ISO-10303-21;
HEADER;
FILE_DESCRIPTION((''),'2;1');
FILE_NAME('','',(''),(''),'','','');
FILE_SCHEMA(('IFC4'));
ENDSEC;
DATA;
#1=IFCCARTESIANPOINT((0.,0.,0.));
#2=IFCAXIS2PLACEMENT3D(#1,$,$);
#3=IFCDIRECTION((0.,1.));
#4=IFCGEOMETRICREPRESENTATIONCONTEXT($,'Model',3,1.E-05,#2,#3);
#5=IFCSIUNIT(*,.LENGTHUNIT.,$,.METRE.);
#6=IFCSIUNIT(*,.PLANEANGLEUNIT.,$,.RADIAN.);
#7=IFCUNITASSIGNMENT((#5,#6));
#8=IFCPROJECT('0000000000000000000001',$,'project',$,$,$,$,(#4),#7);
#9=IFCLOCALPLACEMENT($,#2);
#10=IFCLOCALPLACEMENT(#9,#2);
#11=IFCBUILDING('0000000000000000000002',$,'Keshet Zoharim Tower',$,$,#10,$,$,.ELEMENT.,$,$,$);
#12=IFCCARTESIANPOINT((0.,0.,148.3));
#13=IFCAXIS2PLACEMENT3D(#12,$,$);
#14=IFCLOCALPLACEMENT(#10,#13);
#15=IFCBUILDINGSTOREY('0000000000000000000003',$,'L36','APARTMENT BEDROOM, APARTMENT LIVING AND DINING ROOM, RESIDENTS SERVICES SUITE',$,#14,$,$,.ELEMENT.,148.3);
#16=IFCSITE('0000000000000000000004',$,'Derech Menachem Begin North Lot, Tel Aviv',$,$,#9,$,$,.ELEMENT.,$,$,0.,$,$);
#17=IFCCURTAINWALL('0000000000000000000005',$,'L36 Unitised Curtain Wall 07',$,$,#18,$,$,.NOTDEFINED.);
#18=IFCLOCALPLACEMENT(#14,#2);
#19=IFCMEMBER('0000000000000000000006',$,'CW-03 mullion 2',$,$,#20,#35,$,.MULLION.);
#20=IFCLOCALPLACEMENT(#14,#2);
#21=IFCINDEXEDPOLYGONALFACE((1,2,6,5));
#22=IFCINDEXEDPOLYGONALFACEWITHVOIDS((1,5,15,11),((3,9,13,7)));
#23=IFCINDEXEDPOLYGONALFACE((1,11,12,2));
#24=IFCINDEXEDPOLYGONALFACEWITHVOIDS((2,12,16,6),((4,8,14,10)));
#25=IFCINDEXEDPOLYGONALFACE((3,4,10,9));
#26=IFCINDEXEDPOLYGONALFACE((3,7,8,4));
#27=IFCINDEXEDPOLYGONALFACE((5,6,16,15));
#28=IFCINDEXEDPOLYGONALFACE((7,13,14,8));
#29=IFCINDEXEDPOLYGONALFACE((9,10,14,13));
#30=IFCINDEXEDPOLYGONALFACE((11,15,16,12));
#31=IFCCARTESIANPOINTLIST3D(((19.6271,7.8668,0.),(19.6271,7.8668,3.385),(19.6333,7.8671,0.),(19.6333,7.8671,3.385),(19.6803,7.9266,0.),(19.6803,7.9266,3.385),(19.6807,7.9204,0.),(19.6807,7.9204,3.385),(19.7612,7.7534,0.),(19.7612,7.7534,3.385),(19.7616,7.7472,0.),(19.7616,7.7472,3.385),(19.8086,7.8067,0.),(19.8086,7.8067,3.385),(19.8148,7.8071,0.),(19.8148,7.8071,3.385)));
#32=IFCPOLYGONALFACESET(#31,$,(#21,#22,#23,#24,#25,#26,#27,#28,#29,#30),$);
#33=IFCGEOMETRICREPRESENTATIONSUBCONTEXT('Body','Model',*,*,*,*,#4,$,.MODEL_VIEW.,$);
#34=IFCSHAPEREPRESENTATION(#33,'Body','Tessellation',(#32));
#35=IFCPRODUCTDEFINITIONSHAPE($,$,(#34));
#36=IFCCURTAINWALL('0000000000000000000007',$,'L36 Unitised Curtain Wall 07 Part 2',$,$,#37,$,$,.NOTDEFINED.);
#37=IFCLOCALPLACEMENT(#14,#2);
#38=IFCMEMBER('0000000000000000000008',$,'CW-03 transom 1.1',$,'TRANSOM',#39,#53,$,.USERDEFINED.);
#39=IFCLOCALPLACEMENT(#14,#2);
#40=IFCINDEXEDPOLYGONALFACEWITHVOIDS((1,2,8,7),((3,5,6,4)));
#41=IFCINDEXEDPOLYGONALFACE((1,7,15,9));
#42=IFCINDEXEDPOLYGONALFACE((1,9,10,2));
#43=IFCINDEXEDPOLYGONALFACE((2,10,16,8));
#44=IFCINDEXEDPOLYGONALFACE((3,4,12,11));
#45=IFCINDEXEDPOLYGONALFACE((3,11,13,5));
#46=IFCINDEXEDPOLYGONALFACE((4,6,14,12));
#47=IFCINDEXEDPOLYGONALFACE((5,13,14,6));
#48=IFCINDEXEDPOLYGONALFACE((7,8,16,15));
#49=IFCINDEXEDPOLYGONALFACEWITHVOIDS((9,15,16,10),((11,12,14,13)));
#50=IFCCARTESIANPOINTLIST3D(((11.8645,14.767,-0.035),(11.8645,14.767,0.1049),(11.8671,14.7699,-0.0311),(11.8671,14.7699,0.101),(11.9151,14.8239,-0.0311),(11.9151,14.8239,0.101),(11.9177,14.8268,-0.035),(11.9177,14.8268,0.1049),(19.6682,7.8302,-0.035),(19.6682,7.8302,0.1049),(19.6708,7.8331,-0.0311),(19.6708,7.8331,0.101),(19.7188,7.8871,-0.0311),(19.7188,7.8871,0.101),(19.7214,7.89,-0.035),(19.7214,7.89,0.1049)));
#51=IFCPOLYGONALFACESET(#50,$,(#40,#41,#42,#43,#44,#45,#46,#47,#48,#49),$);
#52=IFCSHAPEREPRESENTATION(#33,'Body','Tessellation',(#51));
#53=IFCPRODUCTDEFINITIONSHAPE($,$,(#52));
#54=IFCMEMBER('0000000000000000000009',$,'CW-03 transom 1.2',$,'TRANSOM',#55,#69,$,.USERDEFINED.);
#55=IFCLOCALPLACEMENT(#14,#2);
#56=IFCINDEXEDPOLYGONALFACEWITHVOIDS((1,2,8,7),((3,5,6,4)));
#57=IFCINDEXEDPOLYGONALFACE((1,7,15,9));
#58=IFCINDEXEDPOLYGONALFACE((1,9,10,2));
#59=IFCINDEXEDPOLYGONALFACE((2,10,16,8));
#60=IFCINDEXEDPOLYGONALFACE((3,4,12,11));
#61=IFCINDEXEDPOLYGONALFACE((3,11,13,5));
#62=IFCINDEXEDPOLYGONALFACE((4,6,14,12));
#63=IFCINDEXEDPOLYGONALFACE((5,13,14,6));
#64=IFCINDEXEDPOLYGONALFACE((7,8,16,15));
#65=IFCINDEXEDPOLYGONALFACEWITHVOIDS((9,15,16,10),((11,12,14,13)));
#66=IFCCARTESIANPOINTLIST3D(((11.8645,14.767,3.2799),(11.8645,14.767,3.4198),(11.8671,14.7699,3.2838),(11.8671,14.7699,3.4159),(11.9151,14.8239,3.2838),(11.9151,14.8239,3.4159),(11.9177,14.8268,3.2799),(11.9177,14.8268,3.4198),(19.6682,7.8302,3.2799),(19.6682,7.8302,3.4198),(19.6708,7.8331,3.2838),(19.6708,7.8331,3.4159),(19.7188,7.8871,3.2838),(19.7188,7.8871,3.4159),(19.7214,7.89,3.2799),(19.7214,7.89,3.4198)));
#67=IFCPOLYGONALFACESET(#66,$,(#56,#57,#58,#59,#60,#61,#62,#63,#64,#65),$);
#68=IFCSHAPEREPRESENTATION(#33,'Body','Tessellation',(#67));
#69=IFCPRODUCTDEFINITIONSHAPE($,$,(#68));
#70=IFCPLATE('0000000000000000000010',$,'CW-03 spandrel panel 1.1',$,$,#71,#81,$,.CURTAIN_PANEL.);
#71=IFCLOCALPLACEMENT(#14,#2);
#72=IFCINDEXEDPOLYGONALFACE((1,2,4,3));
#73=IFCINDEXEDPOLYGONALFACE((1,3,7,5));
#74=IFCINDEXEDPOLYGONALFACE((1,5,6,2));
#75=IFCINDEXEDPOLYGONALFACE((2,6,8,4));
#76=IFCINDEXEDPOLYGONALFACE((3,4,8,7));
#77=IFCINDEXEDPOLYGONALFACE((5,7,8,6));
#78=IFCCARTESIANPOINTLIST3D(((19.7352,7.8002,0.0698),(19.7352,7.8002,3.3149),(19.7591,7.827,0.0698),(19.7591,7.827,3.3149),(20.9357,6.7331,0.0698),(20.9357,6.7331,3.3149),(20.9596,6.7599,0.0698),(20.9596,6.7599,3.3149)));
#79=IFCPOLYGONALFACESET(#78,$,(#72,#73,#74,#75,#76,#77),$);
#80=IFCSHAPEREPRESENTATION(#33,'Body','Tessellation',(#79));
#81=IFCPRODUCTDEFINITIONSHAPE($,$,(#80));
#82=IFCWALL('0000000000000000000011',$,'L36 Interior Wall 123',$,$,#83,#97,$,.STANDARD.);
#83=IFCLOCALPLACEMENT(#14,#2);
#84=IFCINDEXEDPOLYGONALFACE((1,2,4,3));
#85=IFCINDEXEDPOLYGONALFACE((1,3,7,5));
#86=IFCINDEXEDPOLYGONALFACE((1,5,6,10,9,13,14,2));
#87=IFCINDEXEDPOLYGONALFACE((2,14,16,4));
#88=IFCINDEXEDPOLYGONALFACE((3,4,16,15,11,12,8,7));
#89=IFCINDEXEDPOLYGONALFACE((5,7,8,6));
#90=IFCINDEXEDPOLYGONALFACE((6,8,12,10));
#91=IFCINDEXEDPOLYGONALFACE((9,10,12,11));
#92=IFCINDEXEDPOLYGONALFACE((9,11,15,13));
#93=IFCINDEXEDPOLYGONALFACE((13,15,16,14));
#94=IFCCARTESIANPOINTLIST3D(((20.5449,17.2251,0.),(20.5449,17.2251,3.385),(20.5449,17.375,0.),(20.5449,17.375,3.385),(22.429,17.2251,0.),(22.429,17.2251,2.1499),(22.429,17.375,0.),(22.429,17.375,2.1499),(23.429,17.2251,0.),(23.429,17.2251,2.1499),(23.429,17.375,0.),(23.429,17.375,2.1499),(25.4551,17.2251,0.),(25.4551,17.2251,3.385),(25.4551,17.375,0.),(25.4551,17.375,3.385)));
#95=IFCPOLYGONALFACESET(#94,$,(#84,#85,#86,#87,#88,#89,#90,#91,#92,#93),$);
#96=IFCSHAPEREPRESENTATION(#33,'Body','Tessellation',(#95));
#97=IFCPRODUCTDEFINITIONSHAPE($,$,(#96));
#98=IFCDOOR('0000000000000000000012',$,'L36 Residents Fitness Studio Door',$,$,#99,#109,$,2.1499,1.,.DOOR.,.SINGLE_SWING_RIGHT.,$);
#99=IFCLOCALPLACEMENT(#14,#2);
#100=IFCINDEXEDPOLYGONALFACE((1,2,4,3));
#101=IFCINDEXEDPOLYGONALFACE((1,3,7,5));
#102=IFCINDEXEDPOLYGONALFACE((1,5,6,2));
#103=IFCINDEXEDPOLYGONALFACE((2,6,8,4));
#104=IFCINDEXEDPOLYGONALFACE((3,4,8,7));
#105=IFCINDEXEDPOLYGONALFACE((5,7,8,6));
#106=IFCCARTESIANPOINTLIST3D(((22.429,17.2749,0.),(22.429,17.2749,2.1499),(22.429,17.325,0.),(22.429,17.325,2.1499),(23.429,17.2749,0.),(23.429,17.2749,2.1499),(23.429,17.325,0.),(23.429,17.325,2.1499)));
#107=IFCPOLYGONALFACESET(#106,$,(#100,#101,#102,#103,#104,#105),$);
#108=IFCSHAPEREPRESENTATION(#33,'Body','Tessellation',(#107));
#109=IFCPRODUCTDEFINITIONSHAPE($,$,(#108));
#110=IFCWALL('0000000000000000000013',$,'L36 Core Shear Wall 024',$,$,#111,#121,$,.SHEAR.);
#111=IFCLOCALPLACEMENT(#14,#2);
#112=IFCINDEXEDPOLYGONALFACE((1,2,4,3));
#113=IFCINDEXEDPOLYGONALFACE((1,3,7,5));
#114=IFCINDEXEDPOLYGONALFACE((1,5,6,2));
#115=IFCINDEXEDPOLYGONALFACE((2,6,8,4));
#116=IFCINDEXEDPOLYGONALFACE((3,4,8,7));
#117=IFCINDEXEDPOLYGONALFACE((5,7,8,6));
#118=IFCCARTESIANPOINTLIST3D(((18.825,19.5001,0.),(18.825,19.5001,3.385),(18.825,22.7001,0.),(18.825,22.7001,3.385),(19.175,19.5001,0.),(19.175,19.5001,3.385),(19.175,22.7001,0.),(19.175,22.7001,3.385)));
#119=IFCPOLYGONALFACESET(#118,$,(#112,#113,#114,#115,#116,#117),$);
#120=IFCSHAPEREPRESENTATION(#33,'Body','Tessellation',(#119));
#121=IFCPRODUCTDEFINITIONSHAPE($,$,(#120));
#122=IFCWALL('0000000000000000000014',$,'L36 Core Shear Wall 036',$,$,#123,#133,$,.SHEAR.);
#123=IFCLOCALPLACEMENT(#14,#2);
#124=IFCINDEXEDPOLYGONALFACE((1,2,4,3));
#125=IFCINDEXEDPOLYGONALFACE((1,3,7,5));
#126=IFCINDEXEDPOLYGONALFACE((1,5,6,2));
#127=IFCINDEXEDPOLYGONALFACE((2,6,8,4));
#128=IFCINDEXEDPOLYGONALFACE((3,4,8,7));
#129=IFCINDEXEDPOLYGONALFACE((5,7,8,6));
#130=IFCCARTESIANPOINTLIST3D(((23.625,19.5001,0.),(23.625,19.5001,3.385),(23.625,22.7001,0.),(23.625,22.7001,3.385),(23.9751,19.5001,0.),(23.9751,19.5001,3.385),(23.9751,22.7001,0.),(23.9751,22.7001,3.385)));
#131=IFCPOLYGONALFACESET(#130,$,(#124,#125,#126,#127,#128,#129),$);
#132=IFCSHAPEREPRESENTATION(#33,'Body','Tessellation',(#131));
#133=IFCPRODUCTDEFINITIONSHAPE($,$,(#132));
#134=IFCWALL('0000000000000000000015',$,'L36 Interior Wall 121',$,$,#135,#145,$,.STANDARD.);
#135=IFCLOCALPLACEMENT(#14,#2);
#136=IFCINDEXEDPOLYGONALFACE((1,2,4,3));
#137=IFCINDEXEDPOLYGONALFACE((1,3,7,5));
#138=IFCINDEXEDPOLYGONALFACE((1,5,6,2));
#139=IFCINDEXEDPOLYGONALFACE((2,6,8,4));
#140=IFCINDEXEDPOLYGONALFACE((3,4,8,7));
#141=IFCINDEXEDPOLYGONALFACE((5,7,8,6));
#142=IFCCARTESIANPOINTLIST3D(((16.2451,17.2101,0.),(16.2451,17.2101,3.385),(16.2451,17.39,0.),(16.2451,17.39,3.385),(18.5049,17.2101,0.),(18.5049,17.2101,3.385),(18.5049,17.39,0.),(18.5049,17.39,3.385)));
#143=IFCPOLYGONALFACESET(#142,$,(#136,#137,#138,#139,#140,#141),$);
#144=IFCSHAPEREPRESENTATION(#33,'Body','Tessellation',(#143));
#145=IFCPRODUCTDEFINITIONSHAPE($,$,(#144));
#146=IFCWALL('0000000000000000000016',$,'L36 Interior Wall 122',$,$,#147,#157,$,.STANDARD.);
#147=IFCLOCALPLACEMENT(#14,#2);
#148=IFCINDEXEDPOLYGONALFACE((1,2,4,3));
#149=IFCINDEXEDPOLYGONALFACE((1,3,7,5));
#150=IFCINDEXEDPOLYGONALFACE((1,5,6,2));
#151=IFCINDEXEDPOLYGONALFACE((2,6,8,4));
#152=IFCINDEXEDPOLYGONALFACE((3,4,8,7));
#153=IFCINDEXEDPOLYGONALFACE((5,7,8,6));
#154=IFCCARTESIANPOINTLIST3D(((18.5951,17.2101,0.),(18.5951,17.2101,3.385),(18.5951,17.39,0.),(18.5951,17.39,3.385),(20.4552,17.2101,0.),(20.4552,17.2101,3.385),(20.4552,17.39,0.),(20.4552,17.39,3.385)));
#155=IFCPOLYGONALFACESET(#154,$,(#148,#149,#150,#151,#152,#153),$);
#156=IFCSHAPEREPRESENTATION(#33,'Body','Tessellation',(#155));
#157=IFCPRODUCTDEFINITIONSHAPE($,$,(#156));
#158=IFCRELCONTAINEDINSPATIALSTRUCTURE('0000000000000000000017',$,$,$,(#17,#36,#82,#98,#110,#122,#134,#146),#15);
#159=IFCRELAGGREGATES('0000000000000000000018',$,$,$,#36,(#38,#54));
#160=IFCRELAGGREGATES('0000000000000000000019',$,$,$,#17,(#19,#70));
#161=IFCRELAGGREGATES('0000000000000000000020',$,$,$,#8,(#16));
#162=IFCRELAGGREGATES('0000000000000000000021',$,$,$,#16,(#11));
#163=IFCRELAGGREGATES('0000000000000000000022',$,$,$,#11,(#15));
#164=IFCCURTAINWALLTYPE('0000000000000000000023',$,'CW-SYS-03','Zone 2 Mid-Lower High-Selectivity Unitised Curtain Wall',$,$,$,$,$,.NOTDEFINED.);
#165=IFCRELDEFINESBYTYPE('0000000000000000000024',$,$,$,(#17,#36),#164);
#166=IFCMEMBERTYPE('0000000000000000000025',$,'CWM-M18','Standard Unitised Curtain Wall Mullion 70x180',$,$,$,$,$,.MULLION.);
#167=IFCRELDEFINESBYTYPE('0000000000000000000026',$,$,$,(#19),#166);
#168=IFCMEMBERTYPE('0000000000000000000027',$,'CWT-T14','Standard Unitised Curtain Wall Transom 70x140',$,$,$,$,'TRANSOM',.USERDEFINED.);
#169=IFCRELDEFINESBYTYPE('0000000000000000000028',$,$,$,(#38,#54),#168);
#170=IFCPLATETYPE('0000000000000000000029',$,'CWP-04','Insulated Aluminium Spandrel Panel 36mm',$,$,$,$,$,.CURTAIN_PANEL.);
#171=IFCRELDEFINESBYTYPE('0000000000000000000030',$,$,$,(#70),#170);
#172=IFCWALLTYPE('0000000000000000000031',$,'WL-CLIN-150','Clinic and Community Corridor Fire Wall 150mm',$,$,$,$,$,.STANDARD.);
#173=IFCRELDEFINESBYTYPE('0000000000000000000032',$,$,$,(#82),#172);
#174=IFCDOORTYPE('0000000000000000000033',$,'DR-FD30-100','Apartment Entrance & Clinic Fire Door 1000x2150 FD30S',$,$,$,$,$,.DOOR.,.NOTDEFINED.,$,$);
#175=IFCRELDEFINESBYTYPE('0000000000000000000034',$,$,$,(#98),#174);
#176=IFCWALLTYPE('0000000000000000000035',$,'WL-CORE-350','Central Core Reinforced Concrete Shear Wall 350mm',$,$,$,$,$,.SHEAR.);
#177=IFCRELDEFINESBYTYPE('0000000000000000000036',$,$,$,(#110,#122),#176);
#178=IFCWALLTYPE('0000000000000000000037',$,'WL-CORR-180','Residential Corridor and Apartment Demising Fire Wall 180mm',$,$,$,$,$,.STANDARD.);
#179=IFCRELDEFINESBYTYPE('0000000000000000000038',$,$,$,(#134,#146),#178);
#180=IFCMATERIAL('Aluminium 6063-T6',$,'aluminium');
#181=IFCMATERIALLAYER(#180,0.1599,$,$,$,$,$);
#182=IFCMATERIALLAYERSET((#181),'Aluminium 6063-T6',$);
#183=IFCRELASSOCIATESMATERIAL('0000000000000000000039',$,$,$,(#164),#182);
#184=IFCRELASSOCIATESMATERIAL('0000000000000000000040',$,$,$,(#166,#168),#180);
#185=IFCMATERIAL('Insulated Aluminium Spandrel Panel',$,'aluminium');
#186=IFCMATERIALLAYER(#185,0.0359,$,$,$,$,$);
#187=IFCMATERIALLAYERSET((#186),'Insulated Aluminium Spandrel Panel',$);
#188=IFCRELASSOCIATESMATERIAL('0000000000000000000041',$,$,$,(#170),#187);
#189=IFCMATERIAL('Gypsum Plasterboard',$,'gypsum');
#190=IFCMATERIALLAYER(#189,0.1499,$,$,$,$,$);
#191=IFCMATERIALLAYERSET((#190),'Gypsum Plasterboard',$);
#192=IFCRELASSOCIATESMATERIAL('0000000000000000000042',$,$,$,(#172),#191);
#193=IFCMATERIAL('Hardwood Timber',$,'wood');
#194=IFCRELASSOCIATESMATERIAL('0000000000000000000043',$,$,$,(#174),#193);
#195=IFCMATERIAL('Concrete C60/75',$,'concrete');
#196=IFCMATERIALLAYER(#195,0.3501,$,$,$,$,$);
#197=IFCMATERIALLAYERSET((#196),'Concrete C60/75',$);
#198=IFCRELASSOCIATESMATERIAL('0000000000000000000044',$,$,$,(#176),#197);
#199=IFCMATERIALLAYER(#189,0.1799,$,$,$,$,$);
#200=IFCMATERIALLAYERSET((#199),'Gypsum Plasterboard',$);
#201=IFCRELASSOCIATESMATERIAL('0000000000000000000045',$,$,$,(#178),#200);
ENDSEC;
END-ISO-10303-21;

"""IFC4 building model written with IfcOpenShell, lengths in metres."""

from ifc_helpers import new_model, si_unit, direction, frame, frame_2d, origin, origin_2d, place, context, subcontext, project, spatial, rectangle, hollow_rectangle, extrude, material, layer, layer_set, material_profile, profile_set, type_object, element, fill, aggregate, save


model = new_model("IFC4")

# Units and contexts
model_context = context("Model", 3, precision=1e-05, world=origin(), true_north=direction((0.0, 1.0)))
body_context = subcontext(model_context, "Body", "Model", "MODEL_VIEW")
ifc_project = project(units=[si_unit("LENGTHUNIT", "METRE"), si_unit("PLANEANGLEUNIT", "RADIAN")], contexts=[model_context])

# Site, building, storey
site_placement = place(None, origin())
site = spatial("IfcSite", under=ifc_project, at=site_placement, Name="Derech Menachem Begin North Lot, Tel Aviv", CompositionType="ELEMENT", RefElevation=0.0)
building_placement = place(site_placement, origin())
building = spatial("IfcBuilding", under=site, at=building_placement, Name="Keshet Zoharim Tower", CompositionType="ELEMENT")
storey_placement = place(building_placement, frame((0.0, 0.0, 148.3)))
storey = spatial("IfcBuildingStorey", under=building, at=storey_placement, Name="L36", Description="APARTMENT BEDROOM, APARTMENT LIVING AND DINING ROOM, RESIDENTS SERVICES SUITE", CompositionType="ELEMENT", Elevation=148.3)

# Curtain wall, member
ifc_material_1 = material(Name="Aluminium 6063-T6", Category="aluminium")
ifc_layer_1 = layer(ifc_material_1, 0.1599)
ifc_layer_set_1 = layer_set([ifc_layer_1], Name="Aluminium 6063-T6")
curtain_wall_type = type_object("IfcCurtainWallType", Name="CW-SYS-03", Description="Zone 2 Mid-Lower High-Selectivity Unitised Curtain Wall", PredefinedType="NOTDEFINED", material=ifc_layer_set_1)
curtain_wall_1_placement = place(storey_placement, origin())
curtain_wall_1 = element("IfcCurtainWall", 1, at=curtain_wall_1_placement, inside=storey, type_object=curtain_wall_type, Name="L36 Unitised Curtain Wall 07", PredefinedType="NOTDEFINED")
ifc_material_profile_1 = material_profile(ifc_material_1, hollow_rectangle(XDim=0.0801, YDim=0.1799, WallThickness=0.0044, at=origin_2d()), Name="MUL-80x180")
ifc_profile_set_1 = profile_set([ifc_material_profile_1], Name="Aluminium 6063-T6")
member_type_1 = type_object("IfcMemberType", Name="CWM-M18", Description="Standard Unitised Curtain Wall Mullion 70x180", PredefinedType="MULLION", material=ifc_profile_set_1)
member_1_placement = place(storey_placement, frame((19.7209, 7.8369, 0.0), z_axis=(0.0, 0.0, 1.0), x_axis=(-0.664367, -0.747406, 0.0)))
member_1 = element("IfcMember", 2, at=member_1_placement, type_object=member_type_1, Name="CW-03 mullion 2", PredefinedType="MULLION", context=body_context, shape_type="SweptSolid", body=[
    extrude(hollow_rectangle(XDim=0.0801, YDim=0.1799, WallThickness=0.0044, at=origin_2d()), origin(), (0.0, 0.0, 1.0), 3.385),
])

# Curtain wall, members
curtain_wall_2_placement = place(storey_placement, origin())
curtain_wall_2 = element("IfcCurtainWall", 3, at=curtain_wall_2_placement, inside=storey, type_object=curtain_wall_type, Name="L36 Unitised Curtain Wall 07 Part 2", PredefinedType="NOTDEFINED")
ifc_material_profile_2 = material_profile(ifc_material_1, hollow_rectangle(XDim=0.0801, YDim=0.1399, WallThickness=0.0039, at=origin_2d()), Name="TRN-80x140")
ifc_profile_set_2 = profile_set([ifc_material_profile_2], Name="Aluminium 6063-T6")
member_type_2 = type_object("IfcMemberType", Name="CWT-T14", Description="Standard Unitised Curtain Wall Transom 70x140", ElementType="TRANSOM", PredefinedType="USERDEFINED", material=ifc_profile_set_2)
member_2_placement = place(storey_placement, frame((19.6948, 7.8601, 0.0349), z_axis=(-0.747403, 0.664371, 0.0), x_axis=(-0.664371, -0.747403, 0.0)))
member_2 = element("IfcMember", 4, at=member_2_placement, type_object=member_type_2, Name="CW-03 transom 1.1", ObjectType="TRANSOM", PredefinedType="USERDEFINED", context=body_context, shape_type="SweptSolid", body=[
    extrude(hollow_rectangle(XDim=0.0801, YDim=0.1399, WallThickness=0.0039, at=origin_2d()), origin(), (0.0, 0.0, 1.0), 10.4412),
])
member_3_placement = place(storey_placement, frame((19.6948, 7.8601, 3.3499), z_axis=(-0.747403, 0.664371, 0.0), x_axis=(-0.664371, -0.747403, 0.0)))
member_3 = element("IfcMember", 5, at=member_3_placement, type_object=member_type_2, Name="CW-03 transom 1.2", ObjectType="TRANSOM", PredefinedType="USERDEFINED", context=body_context, shape_type="SweptSolid", body=[
    extrude(hollow_rectangle(XDim=0.0801, YDim=0.1399, WallThickness=0.0039, at=origin_2d()), origin(), (0.0, 0.0, 1.0), 10.4412),
])
aggregate(curtain_wall_2, [member_2, member_3])

# Plate
ifc_material_2 = material(Name="Insulated Aluminium Spandrel Panel", Category="aluminium")
ifc_layer_2 = layer(ifc_material_2, 0.0359)
ifc_layer_set_2 = layer_set([ifc_layer_2], Name="Insulated Aluminium Spandrel Panel")
plate_type = type_object("IfcPlateType", Name="CWP-04", Description="Insulated Aluminium Spandrel Panel 36mm", PredefinedType="CURTAIN_PANEL", material=ifc_layer_set_2)
plate_placement = place(storey_placement, frame((20.3474, 7.28, 0.0698), z_axis=(0.0, 0.0, 1.0), x_axis=(-0.747406, 0.664367, 0.0)))
plate = element("IfcPlate", 6, at=plate_placement, type_object=plate_type, Name="CW-03 spandrel panel 1.1", PredefinedType="CURTAIN_PANEL", context=body_context, shape_type="SweptSolid", body=[
    extrude(rectangle(XDim=1.6062, YDim=0.0359, at=origin_2d()), origin(), (0.0, 0.0, 1.0), 3.2451),
])
aggregate(curtain_wall_1, [member_1, plate])

# Wall, opening, door
ifc_material_3 = material(Name="Gypsum Plasterboard", Category="gypsum")
ifc_layer_3 = layer(ifc_material_3, 0.1499)
ifc_layer_set_3 = layer_set([ifc_layer_3], Name="Gypsum Plasterboard")
wall_type_1 = type_object("IfcWallType", Name="WL-CLIN-150", Description="Clinic and Community Corridor Fire Wall 150mm", PredefinedType="STANDARD", material=ifc_layer_set_3)
wall_1_placement = place(storey_placement, frame((20.5449, 17.3, 0.0), z_axis=(0.0, 0.0, 1.0), x_axis=(1.0, 0.0, 0.0)))
wall_1 = element("IfcWall", 7, at=wall_1_placement, inside=storey, type_object=wall_type_1, Name="L36 Interior Wall 123", PredefinedType="STANDARD", context=body_context, shape_type="SweptSolid", body=[
    extrude(rectangle(XDim=4.9102, YDim=0.1499, at=frame_2d((2.4551, 0.0))), origin(), (0.0, 0.0, 1.0), 3.385),
])
opening_1_placement = place(wall_1_placement, frame((1.884, 0.0, 0.0)))
opening_1 = element("IfcOpeningElement", 8, at=opening_1_placement, cuts=wall_1, PredefinedType="OPENING", context=body_context, shape_type="SweptSolid", body=[
    extrude(rectangle(XDim=1.0, YDim=2.1499, at=frame_2d((0.5, 1.075))), frame((0.0, 0.085, 0.0), z_axis=(0.0, -1.0, 0.0), x_axis=(1.0, 0.0, 0.0)), (0.0, 0.0, 1.0), 0.1699),
])
ifc_material_4 = material(Name="Hardwood Timber", Category="wood")
door_type_1 = type_object("IfcDoorType", Name="DR-FD30-100", Description="Apartment Entrance & Clinic Fire Door 1000x2150 FD30S", OperationType="NOTDEFINED", PredefinedType="DOOR", material=ifc_material_4)
door_1_placement = place(opening_1_placement, origin())
door_1 = element("IfcDoor", 9, at=door_1_placement, inside=storey, type_object=door_type_1, Name="L36 Residents Fitness Studio Door", OperationType="SINGLE_SWING_RIGHT", OverallHeight=2.1499, OverallWidth=1.0, PredefinedType="DOOR", context=body_context, shape_type="SweptSolid", body=[
    extrude(rectangle(XDim=1.0, YDim=2.1499, at=frame_2d((0.5, 1.075))), frame((0.0, 0.0249, 0.0), z_axis=(0.0, -1.0, 0.0), x_axis=(1.0, 0.0, 0.0)), (0.0, 0.0, 1.0), 0.05),
])
fill(opening_1, door_1)

# Walls
ifc_material_5 = material(Name="Concrete C60/75", Category="concrete")
ifc_layer_4 = layer(ifc_material_5, 0.3501)
ifc_layer_set_4 = layer_set([ifc_layer_4], Name="Concrete C60/75")
wall_type_2 = type_object("IfcWallType", Name="WL-CORE-350", Description="Central Core Reinforced Concrete Shear Wall 350mm", PredefinedType="SHEAR", material=ifc_layer_set_4)
for number, where, z_axis, x_axis, name in (
    (10, (19.0, 19.5, 0.0), (0.0, 0.0, 1.0), (0.0, 1.0, 0.0), "L36 Core Shear Wall 024"),
    (11, (23.8, 19.5, 0.0), (0.0, 0.0, 1.0), (0.0, 1.0, 0.0), "L36 Core Shear Wall 036"),
):
    element("IfcWall", number, at=place(storey_placement, frame(where, z_axis=z_axis, x_axis=x_axis)), inside=storey, type_object=wall_type_2, Name=name, PredefinedType="SHEAR", context=body_context, shape_type="SweptSolid", body=[
        extrude(rectangle(XDim=3.2, YDim=0.3501, at=frame_2d((1.6001, 0.0))), origin(), (0.0, 0.0, 1.0), 3.385),
    ])
ifc_layer_5 = layer(ifc_material_3, 0.1799)
ifc_layer_set_5 = layer_set([ifc_layer_5], Name="Gypsum Plasterboard")
wall_type_3 = type_object("IfcWallType", Name="WL-CORR-180", Description="Residential Corridor and Apartment Demising Fire Wall 180mm", PredefinedType="STANDARD", material=ifc_layer_set_5)
wall_2_placement = place(storey_placement, frame((16.2451, 17.3, 0.0), z_axis=(0.0, 0.0, 1.0), x_axis=(1.0, 0.0, 0.0)))
element("IfcWall", 12, at=wall_2_placement, inside=storey, type_object=wall_type_3, Name="L36 Interior Wall 121", PredefinedType="STANDARD", context=body_context, shape_type="SweptSolid", body=[
    extrude(rectangle(XDim=2.2598, YDim=0.1799, at=frame_2d((1.1299, 0.0))), origin(), (0.0, 0.0, 1.0), 3.385),
])
wall_3_placement = place(storey_placement, frame((18.595, 17.3, 0.0), z_axis=(0.0, 0.0, 1.0), x_axis=(1.0, 0.0, 0.0)))
element("IfcWall", 13, at=wall_3_placement, inside=storey, type_object=wall_type_3, Name="L36 Interior Wall 122", PredefinedType="STANDARD", context=body_context, shape_type="SweptSolid", body=[
    extrude(rectangle(XDim=1.8601, YDim=0.1799, at=frame_2d((0.9302, 0.0))), origin(), (0.0, 0.0, 1.0), 3.385),
])

save(model, "model.ifc")
